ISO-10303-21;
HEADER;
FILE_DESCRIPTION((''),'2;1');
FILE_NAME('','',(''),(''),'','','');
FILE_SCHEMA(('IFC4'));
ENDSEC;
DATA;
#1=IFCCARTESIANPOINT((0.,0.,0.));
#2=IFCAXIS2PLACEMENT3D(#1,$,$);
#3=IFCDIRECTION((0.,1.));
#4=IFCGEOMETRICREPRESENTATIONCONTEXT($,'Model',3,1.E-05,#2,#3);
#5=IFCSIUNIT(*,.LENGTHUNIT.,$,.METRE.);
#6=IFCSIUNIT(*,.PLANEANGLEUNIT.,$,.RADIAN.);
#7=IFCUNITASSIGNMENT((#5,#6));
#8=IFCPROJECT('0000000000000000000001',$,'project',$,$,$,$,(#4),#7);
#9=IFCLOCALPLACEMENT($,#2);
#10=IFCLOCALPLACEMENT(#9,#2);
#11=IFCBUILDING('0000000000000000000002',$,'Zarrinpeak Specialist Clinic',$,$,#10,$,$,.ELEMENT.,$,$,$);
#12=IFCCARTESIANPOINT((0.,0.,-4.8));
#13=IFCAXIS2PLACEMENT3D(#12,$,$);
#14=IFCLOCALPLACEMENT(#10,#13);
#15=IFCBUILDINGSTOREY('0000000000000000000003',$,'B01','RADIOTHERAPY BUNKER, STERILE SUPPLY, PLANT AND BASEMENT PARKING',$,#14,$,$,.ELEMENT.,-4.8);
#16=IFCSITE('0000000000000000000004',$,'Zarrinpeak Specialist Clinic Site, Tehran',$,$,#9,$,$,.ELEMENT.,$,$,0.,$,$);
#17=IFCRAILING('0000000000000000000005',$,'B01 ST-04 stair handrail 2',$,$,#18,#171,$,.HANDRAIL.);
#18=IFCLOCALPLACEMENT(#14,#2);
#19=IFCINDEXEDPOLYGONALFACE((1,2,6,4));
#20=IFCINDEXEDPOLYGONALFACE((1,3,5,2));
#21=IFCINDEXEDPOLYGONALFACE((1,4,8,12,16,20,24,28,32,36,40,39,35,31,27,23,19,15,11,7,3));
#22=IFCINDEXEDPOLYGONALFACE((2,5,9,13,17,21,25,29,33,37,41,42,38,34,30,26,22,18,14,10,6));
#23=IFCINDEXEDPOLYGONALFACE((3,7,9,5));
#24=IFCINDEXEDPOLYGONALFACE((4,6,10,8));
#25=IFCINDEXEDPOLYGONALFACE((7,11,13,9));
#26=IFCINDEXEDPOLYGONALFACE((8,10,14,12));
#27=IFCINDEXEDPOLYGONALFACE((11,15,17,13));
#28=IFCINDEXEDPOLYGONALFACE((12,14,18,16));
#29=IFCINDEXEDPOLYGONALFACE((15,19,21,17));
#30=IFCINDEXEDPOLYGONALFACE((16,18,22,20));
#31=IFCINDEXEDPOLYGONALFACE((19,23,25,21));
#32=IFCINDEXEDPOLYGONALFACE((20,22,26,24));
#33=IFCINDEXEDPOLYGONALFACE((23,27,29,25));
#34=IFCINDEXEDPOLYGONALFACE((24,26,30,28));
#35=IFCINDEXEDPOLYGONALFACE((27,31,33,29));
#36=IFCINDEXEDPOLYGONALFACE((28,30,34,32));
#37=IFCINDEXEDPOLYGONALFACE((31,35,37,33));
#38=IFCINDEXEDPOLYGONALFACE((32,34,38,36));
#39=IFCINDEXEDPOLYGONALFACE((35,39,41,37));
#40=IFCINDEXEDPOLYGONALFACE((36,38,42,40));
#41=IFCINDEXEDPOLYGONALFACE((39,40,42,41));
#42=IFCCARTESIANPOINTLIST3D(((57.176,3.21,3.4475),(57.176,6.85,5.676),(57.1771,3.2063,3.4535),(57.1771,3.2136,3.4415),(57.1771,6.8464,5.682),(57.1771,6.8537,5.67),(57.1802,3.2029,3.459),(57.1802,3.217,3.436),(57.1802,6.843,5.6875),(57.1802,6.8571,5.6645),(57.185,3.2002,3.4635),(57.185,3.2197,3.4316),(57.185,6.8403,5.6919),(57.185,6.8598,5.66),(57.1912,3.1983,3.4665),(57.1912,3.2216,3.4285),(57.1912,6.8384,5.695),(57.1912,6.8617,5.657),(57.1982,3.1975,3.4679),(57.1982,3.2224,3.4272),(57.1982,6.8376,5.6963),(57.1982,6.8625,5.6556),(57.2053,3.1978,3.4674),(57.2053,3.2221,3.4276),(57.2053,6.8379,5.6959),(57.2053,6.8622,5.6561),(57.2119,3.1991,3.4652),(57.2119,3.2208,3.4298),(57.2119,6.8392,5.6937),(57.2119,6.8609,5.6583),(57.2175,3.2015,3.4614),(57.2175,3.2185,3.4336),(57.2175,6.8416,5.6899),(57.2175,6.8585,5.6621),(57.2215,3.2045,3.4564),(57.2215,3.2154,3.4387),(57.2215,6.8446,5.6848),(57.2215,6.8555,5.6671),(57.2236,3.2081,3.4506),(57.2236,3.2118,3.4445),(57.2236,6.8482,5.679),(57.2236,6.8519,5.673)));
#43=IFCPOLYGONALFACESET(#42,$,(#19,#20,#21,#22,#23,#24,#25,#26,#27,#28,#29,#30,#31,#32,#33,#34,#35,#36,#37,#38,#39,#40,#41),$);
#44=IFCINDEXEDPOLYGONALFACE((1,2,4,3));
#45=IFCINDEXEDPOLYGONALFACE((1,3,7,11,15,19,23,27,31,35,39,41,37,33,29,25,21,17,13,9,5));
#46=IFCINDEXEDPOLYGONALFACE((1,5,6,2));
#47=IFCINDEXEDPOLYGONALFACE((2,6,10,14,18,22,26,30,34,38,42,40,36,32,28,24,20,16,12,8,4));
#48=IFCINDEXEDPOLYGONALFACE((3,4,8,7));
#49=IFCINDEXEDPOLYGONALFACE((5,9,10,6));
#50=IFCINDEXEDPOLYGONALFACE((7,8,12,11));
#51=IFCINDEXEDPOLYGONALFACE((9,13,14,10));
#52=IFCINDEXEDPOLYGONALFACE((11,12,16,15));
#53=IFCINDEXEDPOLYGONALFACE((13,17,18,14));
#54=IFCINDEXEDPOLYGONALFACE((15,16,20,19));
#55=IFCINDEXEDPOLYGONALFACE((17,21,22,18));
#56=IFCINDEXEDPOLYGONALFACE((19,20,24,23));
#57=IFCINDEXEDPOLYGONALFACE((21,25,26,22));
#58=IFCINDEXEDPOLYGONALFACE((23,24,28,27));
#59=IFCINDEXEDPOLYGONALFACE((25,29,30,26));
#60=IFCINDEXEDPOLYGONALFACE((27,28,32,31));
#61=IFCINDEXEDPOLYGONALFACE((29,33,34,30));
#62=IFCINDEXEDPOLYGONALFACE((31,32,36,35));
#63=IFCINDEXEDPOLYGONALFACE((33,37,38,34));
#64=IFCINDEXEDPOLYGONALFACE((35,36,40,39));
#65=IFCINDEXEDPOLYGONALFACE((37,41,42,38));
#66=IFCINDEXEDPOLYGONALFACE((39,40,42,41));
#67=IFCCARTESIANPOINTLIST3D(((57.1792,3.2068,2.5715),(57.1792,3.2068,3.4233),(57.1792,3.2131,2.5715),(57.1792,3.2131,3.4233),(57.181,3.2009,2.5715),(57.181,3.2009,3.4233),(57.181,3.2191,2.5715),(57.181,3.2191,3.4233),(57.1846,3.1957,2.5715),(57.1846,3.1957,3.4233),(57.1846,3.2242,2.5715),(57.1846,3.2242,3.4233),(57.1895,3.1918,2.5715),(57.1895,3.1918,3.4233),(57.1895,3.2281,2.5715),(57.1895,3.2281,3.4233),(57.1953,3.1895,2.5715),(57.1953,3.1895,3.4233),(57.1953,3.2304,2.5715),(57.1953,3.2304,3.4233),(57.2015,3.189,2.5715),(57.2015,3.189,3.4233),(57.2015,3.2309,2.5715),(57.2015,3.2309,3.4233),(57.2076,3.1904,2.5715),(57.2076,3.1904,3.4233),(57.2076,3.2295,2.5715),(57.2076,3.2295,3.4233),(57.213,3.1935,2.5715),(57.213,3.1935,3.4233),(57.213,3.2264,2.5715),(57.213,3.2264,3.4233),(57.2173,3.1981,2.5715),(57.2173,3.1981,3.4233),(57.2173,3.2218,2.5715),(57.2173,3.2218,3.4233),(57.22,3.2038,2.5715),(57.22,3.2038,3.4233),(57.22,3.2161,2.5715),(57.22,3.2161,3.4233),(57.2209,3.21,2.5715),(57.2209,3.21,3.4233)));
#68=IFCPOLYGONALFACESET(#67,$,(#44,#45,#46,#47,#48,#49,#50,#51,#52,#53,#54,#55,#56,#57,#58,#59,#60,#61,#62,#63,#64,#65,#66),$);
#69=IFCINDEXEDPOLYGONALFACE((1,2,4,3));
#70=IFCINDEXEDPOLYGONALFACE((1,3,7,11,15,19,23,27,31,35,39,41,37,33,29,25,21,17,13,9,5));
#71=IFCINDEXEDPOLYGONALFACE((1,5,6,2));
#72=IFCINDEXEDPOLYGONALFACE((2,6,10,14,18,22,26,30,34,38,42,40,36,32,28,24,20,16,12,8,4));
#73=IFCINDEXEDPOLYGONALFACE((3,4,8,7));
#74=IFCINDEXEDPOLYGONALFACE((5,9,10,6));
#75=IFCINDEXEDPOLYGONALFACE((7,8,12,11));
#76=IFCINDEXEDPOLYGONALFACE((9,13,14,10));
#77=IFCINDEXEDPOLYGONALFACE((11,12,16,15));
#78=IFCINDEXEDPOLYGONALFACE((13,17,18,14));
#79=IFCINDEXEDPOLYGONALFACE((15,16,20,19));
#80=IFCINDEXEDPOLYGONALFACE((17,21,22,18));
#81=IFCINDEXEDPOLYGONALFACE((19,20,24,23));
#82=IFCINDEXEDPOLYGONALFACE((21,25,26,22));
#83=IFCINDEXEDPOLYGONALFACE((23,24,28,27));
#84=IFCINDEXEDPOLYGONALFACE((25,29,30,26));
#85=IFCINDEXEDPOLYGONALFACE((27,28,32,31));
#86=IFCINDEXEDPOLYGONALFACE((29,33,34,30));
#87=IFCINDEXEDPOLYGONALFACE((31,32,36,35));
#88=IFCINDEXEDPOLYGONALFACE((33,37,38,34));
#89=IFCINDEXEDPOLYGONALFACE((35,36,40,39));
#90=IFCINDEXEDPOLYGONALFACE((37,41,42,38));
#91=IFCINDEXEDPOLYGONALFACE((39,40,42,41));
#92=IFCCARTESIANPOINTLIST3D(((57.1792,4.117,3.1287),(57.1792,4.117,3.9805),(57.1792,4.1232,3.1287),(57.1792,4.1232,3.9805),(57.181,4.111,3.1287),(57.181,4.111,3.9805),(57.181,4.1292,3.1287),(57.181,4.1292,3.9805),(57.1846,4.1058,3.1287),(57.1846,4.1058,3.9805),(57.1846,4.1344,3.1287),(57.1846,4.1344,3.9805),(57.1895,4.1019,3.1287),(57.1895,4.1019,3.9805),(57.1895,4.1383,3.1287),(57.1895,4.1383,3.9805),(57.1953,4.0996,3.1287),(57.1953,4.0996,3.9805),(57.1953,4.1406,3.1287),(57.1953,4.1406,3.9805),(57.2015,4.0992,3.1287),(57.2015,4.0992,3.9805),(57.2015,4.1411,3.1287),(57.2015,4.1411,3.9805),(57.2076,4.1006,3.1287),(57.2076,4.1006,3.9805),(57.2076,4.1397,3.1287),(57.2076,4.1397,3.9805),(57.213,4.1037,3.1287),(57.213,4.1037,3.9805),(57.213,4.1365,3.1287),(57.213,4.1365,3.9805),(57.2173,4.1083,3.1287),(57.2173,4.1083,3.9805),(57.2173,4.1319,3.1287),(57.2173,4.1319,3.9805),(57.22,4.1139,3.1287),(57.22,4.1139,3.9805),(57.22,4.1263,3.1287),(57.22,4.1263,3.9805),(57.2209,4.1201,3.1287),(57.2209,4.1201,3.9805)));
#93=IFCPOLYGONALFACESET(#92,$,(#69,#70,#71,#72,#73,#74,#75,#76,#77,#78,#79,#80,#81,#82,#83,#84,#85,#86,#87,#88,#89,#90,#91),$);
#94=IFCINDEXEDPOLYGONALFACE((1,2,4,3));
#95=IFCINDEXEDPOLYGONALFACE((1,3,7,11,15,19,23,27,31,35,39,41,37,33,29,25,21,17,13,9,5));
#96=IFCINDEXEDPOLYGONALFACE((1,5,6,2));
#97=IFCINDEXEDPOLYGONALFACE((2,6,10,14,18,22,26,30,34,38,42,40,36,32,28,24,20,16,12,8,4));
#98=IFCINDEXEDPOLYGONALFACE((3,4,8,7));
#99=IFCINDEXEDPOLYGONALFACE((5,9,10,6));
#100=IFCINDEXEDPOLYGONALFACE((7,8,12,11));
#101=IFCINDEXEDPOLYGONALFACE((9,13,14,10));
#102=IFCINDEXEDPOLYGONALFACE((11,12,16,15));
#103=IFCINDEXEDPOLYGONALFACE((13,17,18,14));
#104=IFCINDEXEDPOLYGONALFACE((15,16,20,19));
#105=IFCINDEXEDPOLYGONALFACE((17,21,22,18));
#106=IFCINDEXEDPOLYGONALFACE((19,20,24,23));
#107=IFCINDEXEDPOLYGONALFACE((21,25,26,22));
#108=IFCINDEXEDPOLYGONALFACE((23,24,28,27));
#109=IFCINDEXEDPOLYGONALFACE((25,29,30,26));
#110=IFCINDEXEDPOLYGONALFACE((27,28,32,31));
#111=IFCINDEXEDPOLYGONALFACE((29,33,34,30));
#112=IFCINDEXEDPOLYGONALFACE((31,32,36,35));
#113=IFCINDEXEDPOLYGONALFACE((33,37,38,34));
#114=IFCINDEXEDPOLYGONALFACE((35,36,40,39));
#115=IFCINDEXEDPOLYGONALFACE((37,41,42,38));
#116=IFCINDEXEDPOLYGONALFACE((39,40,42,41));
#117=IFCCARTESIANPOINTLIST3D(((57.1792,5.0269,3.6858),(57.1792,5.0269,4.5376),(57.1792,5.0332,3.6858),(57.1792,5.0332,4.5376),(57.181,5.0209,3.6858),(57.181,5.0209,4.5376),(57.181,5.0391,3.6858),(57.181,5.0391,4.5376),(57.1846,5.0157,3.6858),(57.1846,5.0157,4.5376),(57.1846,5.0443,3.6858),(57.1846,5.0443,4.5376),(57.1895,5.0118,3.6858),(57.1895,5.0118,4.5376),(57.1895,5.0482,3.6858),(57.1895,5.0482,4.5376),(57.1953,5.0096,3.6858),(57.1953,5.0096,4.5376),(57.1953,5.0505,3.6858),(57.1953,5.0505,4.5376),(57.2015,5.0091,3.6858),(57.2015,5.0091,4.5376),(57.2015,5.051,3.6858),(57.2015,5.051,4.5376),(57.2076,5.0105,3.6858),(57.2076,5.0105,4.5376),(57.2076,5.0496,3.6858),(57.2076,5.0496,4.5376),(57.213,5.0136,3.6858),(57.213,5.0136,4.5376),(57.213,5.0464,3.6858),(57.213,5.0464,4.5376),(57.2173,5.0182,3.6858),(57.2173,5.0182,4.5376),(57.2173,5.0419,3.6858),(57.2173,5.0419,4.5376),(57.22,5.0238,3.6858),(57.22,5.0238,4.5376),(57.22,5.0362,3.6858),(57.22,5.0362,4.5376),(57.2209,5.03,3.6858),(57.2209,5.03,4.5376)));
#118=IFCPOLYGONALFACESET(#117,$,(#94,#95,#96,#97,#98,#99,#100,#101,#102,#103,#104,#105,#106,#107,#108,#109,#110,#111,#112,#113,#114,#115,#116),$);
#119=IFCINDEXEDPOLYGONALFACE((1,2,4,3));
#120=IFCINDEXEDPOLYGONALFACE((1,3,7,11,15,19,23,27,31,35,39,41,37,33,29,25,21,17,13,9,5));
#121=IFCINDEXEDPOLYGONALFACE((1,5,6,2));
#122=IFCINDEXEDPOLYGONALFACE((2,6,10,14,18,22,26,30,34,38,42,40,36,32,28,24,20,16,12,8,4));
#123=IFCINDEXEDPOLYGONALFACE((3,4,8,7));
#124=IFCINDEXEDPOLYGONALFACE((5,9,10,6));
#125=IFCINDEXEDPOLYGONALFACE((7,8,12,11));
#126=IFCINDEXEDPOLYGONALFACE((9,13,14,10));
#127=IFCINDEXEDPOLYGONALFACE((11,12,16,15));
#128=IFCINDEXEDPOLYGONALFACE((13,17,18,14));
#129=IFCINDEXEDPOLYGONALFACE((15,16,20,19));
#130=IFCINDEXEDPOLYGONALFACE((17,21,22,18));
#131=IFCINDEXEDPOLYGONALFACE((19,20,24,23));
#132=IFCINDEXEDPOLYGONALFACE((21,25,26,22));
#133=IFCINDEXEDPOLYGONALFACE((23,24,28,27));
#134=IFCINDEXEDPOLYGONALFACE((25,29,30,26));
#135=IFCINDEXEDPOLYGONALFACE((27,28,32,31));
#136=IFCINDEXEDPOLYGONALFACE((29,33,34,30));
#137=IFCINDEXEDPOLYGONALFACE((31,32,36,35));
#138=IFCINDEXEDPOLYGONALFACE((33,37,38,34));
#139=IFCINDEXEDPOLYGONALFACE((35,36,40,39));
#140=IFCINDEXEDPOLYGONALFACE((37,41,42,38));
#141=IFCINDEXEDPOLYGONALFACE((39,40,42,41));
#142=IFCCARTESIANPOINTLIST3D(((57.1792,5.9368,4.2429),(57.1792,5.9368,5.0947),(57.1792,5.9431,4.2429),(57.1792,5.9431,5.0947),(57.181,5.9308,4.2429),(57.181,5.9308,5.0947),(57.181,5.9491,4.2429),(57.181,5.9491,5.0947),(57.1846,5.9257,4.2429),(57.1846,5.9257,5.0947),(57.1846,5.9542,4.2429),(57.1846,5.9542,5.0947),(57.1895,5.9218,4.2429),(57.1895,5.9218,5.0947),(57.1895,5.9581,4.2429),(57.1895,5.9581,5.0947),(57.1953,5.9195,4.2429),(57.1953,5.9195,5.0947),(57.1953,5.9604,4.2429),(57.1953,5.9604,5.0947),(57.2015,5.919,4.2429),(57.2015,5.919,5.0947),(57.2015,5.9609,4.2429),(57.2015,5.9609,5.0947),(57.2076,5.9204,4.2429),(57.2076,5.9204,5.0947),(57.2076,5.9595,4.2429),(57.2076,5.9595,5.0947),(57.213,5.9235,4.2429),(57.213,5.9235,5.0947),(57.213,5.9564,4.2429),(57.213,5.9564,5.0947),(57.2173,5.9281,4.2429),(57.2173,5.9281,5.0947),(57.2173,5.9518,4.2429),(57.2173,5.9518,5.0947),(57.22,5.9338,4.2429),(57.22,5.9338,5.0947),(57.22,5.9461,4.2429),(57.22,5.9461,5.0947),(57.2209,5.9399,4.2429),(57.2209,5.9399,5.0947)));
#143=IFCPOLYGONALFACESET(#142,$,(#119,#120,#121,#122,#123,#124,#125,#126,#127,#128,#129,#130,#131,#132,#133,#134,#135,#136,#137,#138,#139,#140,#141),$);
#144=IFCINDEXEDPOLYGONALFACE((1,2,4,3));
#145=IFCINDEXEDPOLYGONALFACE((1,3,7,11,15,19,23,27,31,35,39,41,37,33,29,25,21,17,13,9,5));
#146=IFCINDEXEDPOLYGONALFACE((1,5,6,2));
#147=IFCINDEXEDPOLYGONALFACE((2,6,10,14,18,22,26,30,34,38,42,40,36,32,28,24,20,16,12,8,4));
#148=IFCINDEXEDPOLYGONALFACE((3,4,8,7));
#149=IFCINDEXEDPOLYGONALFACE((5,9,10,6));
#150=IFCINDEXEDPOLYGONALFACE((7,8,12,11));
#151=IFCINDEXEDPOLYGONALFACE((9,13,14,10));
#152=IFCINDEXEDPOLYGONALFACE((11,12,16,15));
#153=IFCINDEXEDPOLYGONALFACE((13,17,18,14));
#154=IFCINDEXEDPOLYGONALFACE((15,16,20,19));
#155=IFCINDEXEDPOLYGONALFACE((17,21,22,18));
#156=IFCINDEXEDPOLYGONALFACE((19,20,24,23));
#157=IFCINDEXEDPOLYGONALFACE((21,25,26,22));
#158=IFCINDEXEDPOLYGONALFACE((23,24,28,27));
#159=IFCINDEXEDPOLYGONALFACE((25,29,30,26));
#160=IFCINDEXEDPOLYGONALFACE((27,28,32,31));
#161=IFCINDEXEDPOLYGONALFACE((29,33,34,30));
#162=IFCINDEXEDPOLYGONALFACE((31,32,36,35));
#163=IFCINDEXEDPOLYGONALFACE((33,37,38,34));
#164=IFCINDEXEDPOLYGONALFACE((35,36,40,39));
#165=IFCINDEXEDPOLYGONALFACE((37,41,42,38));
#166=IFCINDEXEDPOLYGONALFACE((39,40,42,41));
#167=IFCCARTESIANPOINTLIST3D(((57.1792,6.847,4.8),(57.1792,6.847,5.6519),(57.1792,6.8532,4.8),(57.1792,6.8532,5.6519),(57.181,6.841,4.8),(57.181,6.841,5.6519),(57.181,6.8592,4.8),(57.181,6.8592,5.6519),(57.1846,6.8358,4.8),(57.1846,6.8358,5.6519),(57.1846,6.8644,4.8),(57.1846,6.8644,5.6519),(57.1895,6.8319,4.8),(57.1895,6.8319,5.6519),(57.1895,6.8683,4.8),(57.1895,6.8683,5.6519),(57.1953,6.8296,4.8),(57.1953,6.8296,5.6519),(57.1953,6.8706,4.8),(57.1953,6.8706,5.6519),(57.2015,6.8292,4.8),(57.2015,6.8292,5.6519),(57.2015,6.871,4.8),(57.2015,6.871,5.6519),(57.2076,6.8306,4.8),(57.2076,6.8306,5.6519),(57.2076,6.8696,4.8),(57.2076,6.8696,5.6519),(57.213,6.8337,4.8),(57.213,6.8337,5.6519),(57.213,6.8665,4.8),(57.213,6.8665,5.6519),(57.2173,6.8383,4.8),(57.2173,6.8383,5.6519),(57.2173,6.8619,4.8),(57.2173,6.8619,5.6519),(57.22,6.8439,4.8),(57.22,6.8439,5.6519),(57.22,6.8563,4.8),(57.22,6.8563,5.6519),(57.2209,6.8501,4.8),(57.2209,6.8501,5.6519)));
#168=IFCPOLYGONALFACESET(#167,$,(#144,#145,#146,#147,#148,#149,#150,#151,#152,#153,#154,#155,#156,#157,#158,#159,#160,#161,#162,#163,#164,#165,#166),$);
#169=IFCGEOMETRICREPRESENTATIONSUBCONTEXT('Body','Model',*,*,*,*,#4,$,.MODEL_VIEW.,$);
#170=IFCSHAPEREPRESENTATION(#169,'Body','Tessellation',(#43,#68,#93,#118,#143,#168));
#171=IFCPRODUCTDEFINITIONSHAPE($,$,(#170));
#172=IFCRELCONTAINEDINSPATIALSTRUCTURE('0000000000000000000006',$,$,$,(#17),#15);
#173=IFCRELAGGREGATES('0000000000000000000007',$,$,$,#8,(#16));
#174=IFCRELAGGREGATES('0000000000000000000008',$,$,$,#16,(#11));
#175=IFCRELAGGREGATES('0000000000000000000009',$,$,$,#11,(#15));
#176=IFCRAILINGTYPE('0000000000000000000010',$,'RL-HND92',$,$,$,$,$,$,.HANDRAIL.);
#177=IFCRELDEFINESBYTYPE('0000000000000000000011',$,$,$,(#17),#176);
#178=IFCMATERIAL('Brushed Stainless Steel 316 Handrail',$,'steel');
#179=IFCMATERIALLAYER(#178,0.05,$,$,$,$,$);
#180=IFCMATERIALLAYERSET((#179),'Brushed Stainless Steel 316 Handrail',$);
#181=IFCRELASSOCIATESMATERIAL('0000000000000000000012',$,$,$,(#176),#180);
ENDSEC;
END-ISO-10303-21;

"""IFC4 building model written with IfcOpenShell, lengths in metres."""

from ifc_helpers import new_model, si_unit, direction, frame, origin, origin_2d, place, context, subcontext, project, spatial, circle, extrude, material, layer, layer_set, type_object, element, save


model = new_model("IFC4")

# Units and contexts
model_context = context("Model", 3, precision=1e-05, world=origin(), true_north=direction((0.0, 1.0)))
body_context = subcontext(model_context, "Body", "Model", "MODEL_VIEW")
ifc_project = project(units=[si_unit("LENGTHUNIT", "METRE"), si_unit("PLANEANGLEUNIT", "RADIAN")], contexts=[model_context])

# Site, building, storey
site_placement = place(None, origin())
site = spatial("IfcSite", under=ifc_project, at=site_placement, Name="Zarrinpeak Specialist Clinic Site, Tehran", CompositionType="ELEMENT", RefElevation=0.0)
building_placement = place(site_placement, origin())
building = spatial("IfcBuilding", under=site, at=building_placement, Name="Zarrinpeak Specialist Clinic", CompositionType="ELEMENT")
storey_placement = place(building_placement, frame((0.0, 0.0, -4.8)))
storey = spatial("IfcBuildingStorey", under=building, at=storey_placement, Name="B01", Description="RADIOTHERAPY BUNKER, STERILE SUPPLY, PLANT AND BASEMENT PARKING", CompositionType="ELEMENT", Elevation=-4.8)

# Railing
ifc_material_1 = material(Name="Brushed Stainless Steel 316 Handrail", Category="steel")
ifc_layer_1 = layer(ifc_material_1, 0.05)
ifc_layer_set_1 = layer_set([ifc_layer_1], Name="Brushed Stainless Steel 316 Handrail")
railing_type_1 = type_object("IfcRailingType", Name="RL-HND92", PredefinedType="HANDRAIL", material=ifc_layer_set_1)
for number, where, name in (
    (1, (57.2, 3.21, 2.5715), "B01 ST-04 stair handrail 2"),
):
    element("IfcRailing", number, at=place(storey_placement, frame(where)), inside=storey, type_object=railing_type_1, Name=name, PredefinedType="HANDRAIL", context=body_context, shape_type="SweptSolid", body=[
        extrude(circle(Radius=0.0239, at=origin_2d()), frame((0.0, 0.0, 0.876), z_axis=(0.0, 0.852866, 0.52213), x_axis=(-1.0, 0.0, 0.0)), (0.0, 0.0, 1.0), 4.2681),
        extrude(circle(Radius=0.021, at=origin_2d()), origin(), (0.0, 0.0, 1.0), 0.8518),
        extrude(circle(Radius=0.021, at=origin_2d()), frame((0.0, 0.9102, 0.5571)), (0.0, 0.0, 1.0), 0.8518),
        extrude(circle(Radius=0.021, at=origin_2d()), frame((0.0, 1.8201, 1.1143)), (0.0, 0.0, 1.0), 0.8518),
        extrude(circle(Radius=0.021, at=origin_2d()), frame((0.0, 2.73, 1.6714)), (0.0, 0.0, 1.0), 0.8518),
        extrude(circle(Radius=0.021, at=origin_2d()), frame((0.0, 3.6401, 2.2285)), (0.0, 0.0, 1.0), 0.8518),
    ])

save(model, "model.ifc")
